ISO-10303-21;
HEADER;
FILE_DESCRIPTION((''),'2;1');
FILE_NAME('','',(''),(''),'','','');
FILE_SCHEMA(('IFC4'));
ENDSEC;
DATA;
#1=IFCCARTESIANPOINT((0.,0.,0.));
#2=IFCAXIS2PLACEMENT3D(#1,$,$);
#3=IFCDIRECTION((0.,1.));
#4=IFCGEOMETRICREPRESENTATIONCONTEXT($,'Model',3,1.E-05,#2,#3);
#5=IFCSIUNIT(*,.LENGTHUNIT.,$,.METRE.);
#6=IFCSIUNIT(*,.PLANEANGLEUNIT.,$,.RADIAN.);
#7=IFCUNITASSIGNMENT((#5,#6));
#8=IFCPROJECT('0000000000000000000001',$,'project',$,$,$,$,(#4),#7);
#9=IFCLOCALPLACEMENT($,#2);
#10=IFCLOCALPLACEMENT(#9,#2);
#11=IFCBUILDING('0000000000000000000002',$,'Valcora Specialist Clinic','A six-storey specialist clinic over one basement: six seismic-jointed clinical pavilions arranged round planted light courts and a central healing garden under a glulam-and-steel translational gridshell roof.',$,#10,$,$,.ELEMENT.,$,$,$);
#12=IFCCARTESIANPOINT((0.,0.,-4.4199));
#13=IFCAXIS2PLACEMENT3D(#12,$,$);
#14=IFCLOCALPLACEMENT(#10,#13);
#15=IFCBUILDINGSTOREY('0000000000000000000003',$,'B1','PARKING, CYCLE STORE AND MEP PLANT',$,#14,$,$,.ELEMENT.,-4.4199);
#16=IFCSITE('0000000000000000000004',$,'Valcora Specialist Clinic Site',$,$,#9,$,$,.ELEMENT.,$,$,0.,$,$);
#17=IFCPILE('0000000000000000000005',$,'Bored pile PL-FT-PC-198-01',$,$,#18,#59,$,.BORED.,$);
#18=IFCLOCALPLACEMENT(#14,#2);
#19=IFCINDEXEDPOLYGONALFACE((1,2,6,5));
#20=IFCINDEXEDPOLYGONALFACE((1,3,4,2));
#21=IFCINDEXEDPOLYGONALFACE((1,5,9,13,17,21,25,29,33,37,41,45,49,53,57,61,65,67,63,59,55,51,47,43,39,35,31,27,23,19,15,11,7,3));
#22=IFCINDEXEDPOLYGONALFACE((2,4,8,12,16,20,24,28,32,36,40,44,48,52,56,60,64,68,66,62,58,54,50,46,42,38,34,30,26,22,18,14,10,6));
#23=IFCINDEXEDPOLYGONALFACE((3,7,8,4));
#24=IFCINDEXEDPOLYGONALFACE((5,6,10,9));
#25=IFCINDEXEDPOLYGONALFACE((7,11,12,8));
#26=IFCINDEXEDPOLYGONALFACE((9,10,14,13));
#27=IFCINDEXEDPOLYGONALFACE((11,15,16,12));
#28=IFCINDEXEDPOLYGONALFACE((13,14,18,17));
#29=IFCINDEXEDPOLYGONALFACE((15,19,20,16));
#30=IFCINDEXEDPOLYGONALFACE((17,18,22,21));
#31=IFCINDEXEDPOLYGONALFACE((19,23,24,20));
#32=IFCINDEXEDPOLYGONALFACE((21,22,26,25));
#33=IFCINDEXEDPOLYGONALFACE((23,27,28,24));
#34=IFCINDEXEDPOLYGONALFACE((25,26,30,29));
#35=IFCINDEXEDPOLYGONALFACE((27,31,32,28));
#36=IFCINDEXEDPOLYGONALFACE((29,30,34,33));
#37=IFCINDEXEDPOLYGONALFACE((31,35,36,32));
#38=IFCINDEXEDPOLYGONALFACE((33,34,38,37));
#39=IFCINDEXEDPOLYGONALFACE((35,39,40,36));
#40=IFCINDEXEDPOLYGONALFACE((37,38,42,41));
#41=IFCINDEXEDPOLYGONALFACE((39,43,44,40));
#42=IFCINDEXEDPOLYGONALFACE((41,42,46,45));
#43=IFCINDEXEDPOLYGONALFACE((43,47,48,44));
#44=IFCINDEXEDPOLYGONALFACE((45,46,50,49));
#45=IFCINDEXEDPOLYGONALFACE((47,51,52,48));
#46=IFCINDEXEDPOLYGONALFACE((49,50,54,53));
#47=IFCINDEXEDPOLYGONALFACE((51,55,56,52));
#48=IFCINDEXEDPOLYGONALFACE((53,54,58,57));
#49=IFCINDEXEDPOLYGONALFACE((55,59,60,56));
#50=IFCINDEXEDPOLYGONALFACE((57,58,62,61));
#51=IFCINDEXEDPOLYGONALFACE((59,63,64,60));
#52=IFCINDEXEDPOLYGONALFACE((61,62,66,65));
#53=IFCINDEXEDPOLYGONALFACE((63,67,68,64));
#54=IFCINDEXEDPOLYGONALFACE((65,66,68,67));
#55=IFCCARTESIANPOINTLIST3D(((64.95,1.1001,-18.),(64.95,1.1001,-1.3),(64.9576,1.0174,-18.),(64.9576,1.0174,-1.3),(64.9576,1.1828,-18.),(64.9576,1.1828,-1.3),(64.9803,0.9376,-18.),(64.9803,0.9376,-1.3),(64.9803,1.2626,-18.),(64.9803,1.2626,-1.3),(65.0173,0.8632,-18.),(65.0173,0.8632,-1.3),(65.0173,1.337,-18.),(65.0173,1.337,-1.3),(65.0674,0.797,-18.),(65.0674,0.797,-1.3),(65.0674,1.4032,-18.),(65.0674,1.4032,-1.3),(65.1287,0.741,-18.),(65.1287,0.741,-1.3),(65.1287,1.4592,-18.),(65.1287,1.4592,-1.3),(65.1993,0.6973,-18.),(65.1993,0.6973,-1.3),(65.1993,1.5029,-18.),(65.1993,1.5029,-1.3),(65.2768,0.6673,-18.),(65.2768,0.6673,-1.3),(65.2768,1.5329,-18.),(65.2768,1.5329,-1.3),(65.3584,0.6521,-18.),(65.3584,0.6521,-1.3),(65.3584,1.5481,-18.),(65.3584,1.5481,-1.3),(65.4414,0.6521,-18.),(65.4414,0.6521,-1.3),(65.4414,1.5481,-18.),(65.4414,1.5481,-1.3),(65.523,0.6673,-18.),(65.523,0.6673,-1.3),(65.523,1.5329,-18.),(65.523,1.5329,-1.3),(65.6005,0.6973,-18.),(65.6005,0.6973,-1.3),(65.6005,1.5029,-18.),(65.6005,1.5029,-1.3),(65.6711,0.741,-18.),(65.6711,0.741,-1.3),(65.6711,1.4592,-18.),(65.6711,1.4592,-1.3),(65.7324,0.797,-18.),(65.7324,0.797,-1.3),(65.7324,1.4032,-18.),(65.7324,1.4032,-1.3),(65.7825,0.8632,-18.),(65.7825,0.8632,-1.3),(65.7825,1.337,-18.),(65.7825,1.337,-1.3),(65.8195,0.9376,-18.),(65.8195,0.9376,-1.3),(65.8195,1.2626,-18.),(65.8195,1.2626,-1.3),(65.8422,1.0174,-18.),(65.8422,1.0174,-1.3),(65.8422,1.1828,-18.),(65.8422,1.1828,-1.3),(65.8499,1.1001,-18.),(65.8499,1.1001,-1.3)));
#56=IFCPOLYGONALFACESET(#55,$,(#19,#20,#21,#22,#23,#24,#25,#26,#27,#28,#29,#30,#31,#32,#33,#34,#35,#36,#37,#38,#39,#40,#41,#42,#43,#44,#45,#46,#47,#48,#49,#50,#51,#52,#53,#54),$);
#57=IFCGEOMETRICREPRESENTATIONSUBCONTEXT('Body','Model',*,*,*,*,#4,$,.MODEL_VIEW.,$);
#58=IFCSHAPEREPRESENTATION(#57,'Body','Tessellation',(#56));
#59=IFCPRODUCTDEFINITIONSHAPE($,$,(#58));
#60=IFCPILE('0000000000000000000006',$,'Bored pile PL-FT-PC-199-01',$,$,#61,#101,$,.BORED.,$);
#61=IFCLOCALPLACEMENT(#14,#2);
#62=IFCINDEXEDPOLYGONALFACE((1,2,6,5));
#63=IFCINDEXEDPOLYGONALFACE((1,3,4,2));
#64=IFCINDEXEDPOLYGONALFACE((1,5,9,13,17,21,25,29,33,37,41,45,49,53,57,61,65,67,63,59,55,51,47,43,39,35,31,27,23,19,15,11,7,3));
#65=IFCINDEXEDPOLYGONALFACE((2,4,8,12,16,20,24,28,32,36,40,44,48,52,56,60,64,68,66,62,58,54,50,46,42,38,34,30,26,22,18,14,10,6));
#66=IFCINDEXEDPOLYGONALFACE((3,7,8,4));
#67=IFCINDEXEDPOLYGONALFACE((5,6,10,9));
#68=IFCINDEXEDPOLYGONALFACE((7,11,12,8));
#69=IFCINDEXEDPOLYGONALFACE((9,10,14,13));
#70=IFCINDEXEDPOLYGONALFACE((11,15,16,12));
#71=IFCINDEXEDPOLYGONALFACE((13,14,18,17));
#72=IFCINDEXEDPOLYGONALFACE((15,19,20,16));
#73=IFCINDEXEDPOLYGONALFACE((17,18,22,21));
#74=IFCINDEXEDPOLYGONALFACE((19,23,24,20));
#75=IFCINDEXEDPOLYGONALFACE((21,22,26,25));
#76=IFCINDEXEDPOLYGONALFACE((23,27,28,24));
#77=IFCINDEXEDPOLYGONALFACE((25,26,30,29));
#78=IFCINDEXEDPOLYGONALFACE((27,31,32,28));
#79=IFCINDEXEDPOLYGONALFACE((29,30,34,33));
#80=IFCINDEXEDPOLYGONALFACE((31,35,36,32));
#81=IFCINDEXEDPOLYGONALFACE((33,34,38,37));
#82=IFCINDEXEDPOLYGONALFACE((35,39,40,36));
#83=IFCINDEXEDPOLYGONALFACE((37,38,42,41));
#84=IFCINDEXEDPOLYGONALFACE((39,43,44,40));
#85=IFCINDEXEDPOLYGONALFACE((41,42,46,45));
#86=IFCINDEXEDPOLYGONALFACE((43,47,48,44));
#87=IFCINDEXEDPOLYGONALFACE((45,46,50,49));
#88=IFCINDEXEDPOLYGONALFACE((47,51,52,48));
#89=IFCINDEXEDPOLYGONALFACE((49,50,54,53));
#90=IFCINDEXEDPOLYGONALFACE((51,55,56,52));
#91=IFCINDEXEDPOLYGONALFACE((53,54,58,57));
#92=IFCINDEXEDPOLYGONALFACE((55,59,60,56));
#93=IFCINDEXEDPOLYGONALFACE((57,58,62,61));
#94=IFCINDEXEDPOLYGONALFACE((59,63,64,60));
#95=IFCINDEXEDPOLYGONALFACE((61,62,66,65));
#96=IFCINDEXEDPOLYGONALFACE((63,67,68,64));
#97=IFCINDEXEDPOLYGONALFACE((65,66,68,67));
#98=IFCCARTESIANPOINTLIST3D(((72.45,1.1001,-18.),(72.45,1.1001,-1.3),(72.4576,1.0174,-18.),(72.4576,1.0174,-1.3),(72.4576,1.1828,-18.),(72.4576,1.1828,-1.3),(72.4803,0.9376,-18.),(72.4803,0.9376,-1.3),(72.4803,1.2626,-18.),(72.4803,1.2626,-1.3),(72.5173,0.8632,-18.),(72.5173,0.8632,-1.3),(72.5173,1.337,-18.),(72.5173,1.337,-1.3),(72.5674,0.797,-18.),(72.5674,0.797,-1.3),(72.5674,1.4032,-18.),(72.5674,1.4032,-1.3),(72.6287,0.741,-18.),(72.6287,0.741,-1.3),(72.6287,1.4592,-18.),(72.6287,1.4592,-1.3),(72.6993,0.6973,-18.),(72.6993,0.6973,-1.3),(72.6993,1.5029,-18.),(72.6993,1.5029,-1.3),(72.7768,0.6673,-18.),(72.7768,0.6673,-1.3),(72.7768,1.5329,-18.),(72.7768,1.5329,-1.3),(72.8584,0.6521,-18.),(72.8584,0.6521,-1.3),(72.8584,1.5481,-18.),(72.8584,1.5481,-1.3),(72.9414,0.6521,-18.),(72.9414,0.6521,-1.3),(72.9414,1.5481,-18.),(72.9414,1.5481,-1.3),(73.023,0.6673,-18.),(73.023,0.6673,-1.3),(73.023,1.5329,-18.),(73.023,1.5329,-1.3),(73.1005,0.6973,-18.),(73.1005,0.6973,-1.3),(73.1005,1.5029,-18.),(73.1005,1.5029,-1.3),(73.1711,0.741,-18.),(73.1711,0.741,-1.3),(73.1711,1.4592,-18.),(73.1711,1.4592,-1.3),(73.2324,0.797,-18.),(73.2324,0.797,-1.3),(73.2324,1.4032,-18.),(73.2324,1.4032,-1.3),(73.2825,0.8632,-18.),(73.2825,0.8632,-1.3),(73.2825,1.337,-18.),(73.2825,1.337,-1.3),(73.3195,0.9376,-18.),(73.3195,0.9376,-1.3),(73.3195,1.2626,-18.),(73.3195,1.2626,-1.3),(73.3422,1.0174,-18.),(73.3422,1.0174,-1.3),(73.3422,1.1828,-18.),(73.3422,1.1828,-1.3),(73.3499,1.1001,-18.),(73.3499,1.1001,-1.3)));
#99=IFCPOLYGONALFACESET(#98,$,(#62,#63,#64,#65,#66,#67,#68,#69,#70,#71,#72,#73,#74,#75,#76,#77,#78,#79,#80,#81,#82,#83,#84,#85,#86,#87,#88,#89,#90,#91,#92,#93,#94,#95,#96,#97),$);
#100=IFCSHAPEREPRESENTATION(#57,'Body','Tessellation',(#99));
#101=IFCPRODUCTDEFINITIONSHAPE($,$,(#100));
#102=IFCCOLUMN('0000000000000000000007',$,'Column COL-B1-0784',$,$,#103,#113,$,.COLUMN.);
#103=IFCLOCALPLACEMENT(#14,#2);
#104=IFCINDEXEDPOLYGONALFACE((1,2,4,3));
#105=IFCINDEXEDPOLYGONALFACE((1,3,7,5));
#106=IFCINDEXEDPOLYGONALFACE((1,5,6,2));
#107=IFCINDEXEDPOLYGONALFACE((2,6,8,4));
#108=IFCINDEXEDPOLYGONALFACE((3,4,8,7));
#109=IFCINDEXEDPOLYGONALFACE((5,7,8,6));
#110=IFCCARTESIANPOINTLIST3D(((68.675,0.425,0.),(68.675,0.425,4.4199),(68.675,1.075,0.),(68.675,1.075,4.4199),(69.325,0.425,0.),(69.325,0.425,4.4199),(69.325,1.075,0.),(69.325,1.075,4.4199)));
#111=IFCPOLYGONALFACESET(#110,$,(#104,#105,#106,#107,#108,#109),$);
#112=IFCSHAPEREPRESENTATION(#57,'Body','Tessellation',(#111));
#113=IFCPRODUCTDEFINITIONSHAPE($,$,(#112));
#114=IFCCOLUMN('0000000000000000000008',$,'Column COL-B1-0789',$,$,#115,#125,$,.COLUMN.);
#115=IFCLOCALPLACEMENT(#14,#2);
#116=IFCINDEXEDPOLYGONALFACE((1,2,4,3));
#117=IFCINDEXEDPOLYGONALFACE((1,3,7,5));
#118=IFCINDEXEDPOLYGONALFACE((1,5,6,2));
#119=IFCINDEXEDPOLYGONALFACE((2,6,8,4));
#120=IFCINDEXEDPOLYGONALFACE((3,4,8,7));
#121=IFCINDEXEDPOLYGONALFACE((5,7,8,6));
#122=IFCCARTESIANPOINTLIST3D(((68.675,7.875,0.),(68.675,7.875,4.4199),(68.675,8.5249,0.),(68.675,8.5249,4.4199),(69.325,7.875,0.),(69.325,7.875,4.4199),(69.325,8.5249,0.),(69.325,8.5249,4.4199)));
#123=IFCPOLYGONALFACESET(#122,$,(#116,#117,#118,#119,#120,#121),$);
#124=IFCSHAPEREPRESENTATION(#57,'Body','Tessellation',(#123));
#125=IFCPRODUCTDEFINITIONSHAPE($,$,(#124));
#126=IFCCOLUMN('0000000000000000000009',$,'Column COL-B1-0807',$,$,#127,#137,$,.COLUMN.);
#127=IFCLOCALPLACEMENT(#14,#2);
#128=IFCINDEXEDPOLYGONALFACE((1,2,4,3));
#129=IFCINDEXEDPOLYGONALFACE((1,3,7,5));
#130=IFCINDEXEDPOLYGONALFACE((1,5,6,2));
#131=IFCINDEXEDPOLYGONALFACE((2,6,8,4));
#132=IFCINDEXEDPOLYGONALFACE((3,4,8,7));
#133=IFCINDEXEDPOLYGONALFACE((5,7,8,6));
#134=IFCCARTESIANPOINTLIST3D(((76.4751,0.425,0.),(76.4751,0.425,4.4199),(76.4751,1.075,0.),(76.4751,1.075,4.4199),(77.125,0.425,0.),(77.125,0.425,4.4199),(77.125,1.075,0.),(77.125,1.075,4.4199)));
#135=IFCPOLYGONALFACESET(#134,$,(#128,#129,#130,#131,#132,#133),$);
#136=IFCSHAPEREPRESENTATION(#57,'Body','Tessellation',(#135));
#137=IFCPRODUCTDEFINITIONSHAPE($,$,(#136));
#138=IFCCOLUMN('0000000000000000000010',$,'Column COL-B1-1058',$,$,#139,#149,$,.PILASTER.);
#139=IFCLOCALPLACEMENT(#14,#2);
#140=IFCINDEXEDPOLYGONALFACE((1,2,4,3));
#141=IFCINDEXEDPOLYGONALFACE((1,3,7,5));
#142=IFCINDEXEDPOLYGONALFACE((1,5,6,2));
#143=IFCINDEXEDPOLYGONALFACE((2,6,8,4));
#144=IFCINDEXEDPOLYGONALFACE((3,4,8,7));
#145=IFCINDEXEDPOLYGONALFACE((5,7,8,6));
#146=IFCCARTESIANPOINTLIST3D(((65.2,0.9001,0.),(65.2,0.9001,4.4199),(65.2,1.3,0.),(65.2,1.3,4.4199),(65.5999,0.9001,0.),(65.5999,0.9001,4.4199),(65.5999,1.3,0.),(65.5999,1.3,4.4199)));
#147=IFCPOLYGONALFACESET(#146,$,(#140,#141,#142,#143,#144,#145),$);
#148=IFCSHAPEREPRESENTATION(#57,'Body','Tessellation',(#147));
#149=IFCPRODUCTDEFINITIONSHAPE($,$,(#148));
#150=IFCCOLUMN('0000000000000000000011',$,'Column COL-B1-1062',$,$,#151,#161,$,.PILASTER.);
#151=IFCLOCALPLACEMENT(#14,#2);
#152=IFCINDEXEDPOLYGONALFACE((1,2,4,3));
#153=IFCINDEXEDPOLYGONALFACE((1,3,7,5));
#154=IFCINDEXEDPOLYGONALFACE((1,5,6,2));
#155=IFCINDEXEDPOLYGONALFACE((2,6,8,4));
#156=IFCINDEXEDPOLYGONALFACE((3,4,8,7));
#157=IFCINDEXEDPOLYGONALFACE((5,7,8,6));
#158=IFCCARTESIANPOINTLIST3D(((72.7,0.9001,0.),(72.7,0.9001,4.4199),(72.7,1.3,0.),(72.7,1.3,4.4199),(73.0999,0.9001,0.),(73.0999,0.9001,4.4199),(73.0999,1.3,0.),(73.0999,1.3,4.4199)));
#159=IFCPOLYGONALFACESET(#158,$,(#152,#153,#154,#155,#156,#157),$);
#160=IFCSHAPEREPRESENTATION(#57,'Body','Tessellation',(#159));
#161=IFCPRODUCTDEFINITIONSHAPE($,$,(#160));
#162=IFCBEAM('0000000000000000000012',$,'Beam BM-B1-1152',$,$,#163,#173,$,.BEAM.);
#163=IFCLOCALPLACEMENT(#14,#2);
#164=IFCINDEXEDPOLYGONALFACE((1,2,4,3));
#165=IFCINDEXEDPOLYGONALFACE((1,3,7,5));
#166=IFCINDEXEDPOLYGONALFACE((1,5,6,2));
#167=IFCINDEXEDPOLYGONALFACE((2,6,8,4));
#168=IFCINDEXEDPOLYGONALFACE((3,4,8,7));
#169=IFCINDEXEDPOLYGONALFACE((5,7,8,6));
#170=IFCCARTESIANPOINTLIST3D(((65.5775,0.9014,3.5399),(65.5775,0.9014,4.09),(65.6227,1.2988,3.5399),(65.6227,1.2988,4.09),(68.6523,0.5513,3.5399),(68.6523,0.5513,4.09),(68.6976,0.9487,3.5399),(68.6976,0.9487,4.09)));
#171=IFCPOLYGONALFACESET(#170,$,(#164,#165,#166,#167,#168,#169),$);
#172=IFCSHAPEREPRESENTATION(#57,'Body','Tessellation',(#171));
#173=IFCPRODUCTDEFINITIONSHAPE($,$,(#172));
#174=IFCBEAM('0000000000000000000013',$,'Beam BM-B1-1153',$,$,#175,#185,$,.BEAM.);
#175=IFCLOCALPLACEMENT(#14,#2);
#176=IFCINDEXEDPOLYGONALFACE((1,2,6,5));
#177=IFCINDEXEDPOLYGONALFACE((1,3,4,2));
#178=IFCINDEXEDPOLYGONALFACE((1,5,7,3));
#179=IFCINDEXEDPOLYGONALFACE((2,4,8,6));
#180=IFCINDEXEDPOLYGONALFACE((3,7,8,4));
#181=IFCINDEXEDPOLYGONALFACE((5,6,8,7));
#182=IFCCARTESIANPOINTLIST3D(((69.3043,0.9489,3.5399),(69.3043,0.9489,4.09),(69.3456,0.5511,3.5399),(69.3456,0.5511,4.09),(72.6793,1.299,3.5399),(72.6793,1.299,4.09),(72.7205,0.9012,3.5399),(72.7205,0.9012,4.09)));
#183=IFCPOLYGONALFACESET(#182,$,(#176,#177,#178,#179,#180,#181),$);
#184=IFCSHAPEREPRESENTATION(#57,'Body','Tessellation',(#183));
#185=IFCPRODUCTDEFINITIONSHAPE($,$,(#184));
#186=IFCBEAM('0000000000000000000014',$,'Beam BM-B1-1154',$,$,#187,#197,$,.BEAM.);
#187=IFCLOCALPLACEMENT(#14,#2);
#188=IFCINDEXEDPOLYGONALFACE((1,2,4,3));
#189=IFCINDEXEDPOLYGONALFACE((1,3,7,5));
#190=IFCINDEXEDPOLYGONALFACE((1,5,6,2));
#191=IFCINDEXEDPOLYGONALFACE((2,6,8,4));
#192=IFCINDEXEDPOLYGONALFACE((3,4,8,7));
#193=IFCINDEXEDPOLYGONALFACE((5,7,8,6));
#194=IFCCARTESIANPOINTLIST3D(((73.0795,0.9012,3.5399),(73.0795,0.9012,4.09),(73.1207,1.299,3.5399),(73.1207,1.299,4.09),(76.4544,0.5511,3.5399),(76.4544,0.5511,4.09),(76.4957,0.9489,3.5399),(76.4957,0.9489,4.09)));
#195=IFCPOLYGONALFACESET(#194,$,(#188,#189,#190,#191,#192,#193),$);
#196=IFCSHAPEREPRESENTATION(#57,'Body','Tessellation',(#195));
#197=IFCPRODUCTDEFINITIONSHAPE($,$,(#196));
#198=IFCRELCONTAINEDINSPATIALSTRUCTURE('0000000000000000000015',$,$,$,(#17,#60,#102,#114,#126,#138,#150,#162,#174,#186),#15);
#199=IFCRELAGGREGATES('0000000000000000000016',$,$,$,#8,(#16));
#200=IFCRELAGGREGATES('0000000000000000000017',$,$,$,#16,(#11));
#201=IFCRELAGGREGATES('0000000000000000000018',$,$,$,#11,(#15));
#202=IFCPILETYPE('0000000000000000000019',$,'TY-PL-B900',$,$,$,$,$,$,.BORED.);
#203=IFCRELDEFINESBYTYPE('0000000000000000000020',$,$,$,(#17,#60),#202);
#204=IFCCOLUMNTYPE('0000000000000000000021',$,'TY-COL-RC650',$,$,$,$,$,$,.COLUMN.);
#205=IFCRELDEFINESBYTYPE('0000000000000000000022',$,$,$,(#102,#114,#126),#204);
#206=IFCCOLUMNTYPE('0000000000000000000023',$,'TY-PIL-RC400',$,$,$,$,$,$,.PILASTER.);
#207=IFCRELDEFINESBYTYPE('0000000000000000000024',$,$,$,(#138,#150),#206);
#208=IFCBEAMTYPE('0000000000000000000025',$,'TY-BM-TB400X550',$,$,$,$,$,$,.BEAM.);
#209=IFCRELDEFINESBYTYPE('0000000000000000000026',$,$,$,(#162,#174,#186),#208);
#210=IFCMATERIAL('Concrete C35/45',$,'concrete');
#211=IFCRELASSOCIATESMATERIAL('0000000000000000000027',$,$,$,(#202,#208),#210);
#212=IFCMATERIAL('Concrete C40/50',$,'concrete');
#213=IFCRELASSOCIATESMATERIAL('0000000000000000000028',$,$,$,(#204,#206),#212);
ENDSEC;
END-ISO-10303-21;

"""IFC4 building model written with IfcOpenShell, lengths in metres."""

from ifc_helpers import new_model, si_unit, direction, frame, origin, origin_2d, place, context, subcontext, project, spatial, rectangle, circle, extrude, material, material_profile, profile_set, type_object, element, save


model = new_model("IFC4")

# Units and contexts
model_context = context("Model", 3, precision=1e-05, world=origin(), true_north=direction((0.0, 1.0)))
body_context = subcontext(model_context, "Body", "Model", "MODEL_VIEW")
ifc_project = project(units=[si_unit("LENGTHUNIT", "METRE"), si_unit("PLANEANGLEUNIT", "RADIAN")], contexts=[model_context])

# Site, building, storey
site_placement = place(None, origin())
site = spatial("IfcSite", under=ifc_project, at=site_placement, Name="Valcora Specialist Clinic Site", CompositionType="ELEMENT", RefElevation=0.0)
building_placement = place(site_placement, origin())
building = spatial("IfcBuilding", under=site, at=building_placement, Name="Valcora Specialist Clinic", Description="A six-storey specialist clinic over one basement: six seismic-jointed clinical pavilions arranged round planted light courts and a central healing garden under a glulam-and-steel translational gridshell roof.", CompositionType="ELEMENT")
storey_placement = place(building_placement, frame((0.0, 0.0, -4.4199)))
storey = spatial("IfcBuildingStorey", under=building, at=storey_placement, Name="B1", Description="PARKING, CYCLE STORE AND MEP PLANT", CompositionType="ELEMENT", Elevation=-4.4199)

# Shared definitions
ifc_material_1 = material(Name="Concrete C35/45", Category="concrete")

# Piles
ifc_material_profile_1 = material_profile(ifc_material_1, circle(Radius=0.45, at=origin_2d()), Name="RC-PIL-D900")
ifc_profile_set_1 = profile_set([ifc_material_profile_1], Name="Concrete C35/45")
pile_type = type_object("IfcPileType", Name="TY-PL-B900", PredefinedType="BORED", material=ifc_profile_set_1)
for number, where, z_axis, x_axis, name in (
    (1, (65.3999, 1.1001, -1.3), (0.0, 0.0, -1.0), (1.0, 0.0, 0.0), "Bored pile PL-FT-PC-198-01"),
    (2, (72.8999, 1.1001, -1.3), (0.0, 0.0, -1.0), (1.0, 0.0, 0.0), "Bored pile PL-FT-PC-199-01"),
):
    element("IfcPile", number, at=place(storey_placement, frame(where, z_axis=z_axis, x_axis=x_axis)), inside=storey, type_object=pile_type, Name=name, PredefinedType="BORED", context=body_context, shape_type="SweptSolid", body=[
        extrude(circle(Radius=0.45, at=origin_2d()), origin(), (0.0, 0.0, 1.0), 16.7),
    ])

# Columns
ifc_material_2 = material(Name="Concrete C40/50", Category="concrete")
ifc_material_profile_2 = material_profile(ifc_material_2, rectangle(XDim=0.6499, YDim=0.6499, at=origin_2d()), Name="RC-COL-650X650")
ifc_profile_set_2 = profile_set([ifc_material_profile_2], Name="Concrete C40/50")
column_type_1 = type_object("IfcColumnType", Name="TY-COL-RC650", PredefinedType="COLUMN", material=ifc_profile_set_2)
for number, where, z_axis, x_axis, name in (
    (3, (69.0, 0.75, 0.0), (0.0, 0.0, 1.0), (1.0, 0.0, 0.0), "Column COL-B1-0784"),
    (4, (69.0, 8.2, 0.0), (0.0, 0.0, 1.0), (1.0, 0.0, 0.0), "Column COL-B1-0789"),
    (5, (76.8, 0.75, 0.0), (0.0, 0.0, 1.0), (1.0, 0.0, 0.0), "Column COL-B1-0807"),
):
    element("IfcColumn", number, at=place(storey_placement, frame(where, z_axis=z_axis, x_axis=x_axis)), inside=storey, type_object=column_type_1, Name=name, PredefinedType="COLUMN", context=body_context, shape_type="SweptSolid", body=[
        extrude(rectangle(XDim=0.6499, YDim=0.6499, at=origin_2d()), origin(), (0.0, 0.0, 1.0), 4.4199),
    ])
ifc_material_profile_3 = material_profile(ifc_material_2, rectangle(XDim=0.3999, YDim=0.3999, at=origin_2d()), Name="RC-COL-400X400")
ifc_profile_set_3 = profile_set([ifc_material_profile_3], Name="Concrete C40/50")
column_type_2 = type_object("IfcColumnType", Name="TY-PIL-RC400", PredefinedType="PILASTER", material=ifc_profile_set_3)
for number, where, z_axis, x_axis, name in (
    (6, (65.3999, 1.1001, 0.0), (0.0, 0.0, 1.0), (1.0, 0.0, 0.0), "Column COL-B1-1058"),
    (7, (72.8999, 1.1001, 0.0), (0.0, 0.0, 1.0), (1.0, 0.0, 0.0), "Column COL-B1-1062"),
):
    element("IfcColumn", number, at=place(storey_placement, frame(where, z_axis=z_axis, x_axis=x_axis)), inside=storey, type_object=column_type_2, Name=name, PredefinedType="PILASTER", context=body_context, shape_type="SweptSolid", body=[
        extrude(rectangle(XDim=0.3999, YDim=0.3999, at=origin_2d()), origin(), (0.0, 0.0, 1.0), 4.4199),
    ])

# Beams
ifc_material_profile_4 = material_profile(ifc_material_1, rectangle(XDim=0.3999, YDim=0.55, at=origin_2d()), Name="RC-TB-400X550")
ifc_profile_set_4 = profile_set([ifc_material_profile_4], Name="Concrete C35/45")
beam_type = type_object("IfcBeamType", Name="TY-BM-TB400X550", PredefinedType="BEAM", material=ifc_profile_set_4)
beam_1_placement = place(storey_placement, frame((65.6001, 1.1001, 3.8149), z_axis=(0.993581, -0.113124, 0.0), x_axis=(0.113124, 0.993581, 0.0)))
element("IfcBeam", 8, at=beam_1_placement, inside=storey, type_object=beam_type, Name="Beam BM-B1-1152", PredefinedType="BEAM", context=body_context, shape_type="SweptSolid", body=[
    extrude(rectangle(XDim=0.3999, YDim=0.55, at=origin_2d()), origin(), (0.0, 0.0, 1.0), 3.0947),
])
for number, where, z_axis, x_axis, name in (
    (9, (69.325, 0.75, 3.8149), (0.994663, 0.103179, 0.0), (-0.103179, 0.994663, 0.0), "Beam BM-B1-1153"),
    (10, (73.1001, 1.1001, 3.8149), (0.994663, -0.103179, 0.0), (0.103179, 0.994663, 0.0), "Beam BM-B1-1154"),
):
    element("IfcBeam", number, at=place(storey_placement, frame(where, z_axis=z_axis, x_axis=x_axis)), inside=storey, type_object=beam_type, Name=name, PredefinedType="BEAM", context=body_context, shape_type="SweptSolid", body=[
        extrude(rectangle(XDim=0.3999, YDim=0.55, at=origin_2d()), origin(), (0.0, 0.0, 1.0), 3.3931),
    ])

save(model, "model.ifc")
